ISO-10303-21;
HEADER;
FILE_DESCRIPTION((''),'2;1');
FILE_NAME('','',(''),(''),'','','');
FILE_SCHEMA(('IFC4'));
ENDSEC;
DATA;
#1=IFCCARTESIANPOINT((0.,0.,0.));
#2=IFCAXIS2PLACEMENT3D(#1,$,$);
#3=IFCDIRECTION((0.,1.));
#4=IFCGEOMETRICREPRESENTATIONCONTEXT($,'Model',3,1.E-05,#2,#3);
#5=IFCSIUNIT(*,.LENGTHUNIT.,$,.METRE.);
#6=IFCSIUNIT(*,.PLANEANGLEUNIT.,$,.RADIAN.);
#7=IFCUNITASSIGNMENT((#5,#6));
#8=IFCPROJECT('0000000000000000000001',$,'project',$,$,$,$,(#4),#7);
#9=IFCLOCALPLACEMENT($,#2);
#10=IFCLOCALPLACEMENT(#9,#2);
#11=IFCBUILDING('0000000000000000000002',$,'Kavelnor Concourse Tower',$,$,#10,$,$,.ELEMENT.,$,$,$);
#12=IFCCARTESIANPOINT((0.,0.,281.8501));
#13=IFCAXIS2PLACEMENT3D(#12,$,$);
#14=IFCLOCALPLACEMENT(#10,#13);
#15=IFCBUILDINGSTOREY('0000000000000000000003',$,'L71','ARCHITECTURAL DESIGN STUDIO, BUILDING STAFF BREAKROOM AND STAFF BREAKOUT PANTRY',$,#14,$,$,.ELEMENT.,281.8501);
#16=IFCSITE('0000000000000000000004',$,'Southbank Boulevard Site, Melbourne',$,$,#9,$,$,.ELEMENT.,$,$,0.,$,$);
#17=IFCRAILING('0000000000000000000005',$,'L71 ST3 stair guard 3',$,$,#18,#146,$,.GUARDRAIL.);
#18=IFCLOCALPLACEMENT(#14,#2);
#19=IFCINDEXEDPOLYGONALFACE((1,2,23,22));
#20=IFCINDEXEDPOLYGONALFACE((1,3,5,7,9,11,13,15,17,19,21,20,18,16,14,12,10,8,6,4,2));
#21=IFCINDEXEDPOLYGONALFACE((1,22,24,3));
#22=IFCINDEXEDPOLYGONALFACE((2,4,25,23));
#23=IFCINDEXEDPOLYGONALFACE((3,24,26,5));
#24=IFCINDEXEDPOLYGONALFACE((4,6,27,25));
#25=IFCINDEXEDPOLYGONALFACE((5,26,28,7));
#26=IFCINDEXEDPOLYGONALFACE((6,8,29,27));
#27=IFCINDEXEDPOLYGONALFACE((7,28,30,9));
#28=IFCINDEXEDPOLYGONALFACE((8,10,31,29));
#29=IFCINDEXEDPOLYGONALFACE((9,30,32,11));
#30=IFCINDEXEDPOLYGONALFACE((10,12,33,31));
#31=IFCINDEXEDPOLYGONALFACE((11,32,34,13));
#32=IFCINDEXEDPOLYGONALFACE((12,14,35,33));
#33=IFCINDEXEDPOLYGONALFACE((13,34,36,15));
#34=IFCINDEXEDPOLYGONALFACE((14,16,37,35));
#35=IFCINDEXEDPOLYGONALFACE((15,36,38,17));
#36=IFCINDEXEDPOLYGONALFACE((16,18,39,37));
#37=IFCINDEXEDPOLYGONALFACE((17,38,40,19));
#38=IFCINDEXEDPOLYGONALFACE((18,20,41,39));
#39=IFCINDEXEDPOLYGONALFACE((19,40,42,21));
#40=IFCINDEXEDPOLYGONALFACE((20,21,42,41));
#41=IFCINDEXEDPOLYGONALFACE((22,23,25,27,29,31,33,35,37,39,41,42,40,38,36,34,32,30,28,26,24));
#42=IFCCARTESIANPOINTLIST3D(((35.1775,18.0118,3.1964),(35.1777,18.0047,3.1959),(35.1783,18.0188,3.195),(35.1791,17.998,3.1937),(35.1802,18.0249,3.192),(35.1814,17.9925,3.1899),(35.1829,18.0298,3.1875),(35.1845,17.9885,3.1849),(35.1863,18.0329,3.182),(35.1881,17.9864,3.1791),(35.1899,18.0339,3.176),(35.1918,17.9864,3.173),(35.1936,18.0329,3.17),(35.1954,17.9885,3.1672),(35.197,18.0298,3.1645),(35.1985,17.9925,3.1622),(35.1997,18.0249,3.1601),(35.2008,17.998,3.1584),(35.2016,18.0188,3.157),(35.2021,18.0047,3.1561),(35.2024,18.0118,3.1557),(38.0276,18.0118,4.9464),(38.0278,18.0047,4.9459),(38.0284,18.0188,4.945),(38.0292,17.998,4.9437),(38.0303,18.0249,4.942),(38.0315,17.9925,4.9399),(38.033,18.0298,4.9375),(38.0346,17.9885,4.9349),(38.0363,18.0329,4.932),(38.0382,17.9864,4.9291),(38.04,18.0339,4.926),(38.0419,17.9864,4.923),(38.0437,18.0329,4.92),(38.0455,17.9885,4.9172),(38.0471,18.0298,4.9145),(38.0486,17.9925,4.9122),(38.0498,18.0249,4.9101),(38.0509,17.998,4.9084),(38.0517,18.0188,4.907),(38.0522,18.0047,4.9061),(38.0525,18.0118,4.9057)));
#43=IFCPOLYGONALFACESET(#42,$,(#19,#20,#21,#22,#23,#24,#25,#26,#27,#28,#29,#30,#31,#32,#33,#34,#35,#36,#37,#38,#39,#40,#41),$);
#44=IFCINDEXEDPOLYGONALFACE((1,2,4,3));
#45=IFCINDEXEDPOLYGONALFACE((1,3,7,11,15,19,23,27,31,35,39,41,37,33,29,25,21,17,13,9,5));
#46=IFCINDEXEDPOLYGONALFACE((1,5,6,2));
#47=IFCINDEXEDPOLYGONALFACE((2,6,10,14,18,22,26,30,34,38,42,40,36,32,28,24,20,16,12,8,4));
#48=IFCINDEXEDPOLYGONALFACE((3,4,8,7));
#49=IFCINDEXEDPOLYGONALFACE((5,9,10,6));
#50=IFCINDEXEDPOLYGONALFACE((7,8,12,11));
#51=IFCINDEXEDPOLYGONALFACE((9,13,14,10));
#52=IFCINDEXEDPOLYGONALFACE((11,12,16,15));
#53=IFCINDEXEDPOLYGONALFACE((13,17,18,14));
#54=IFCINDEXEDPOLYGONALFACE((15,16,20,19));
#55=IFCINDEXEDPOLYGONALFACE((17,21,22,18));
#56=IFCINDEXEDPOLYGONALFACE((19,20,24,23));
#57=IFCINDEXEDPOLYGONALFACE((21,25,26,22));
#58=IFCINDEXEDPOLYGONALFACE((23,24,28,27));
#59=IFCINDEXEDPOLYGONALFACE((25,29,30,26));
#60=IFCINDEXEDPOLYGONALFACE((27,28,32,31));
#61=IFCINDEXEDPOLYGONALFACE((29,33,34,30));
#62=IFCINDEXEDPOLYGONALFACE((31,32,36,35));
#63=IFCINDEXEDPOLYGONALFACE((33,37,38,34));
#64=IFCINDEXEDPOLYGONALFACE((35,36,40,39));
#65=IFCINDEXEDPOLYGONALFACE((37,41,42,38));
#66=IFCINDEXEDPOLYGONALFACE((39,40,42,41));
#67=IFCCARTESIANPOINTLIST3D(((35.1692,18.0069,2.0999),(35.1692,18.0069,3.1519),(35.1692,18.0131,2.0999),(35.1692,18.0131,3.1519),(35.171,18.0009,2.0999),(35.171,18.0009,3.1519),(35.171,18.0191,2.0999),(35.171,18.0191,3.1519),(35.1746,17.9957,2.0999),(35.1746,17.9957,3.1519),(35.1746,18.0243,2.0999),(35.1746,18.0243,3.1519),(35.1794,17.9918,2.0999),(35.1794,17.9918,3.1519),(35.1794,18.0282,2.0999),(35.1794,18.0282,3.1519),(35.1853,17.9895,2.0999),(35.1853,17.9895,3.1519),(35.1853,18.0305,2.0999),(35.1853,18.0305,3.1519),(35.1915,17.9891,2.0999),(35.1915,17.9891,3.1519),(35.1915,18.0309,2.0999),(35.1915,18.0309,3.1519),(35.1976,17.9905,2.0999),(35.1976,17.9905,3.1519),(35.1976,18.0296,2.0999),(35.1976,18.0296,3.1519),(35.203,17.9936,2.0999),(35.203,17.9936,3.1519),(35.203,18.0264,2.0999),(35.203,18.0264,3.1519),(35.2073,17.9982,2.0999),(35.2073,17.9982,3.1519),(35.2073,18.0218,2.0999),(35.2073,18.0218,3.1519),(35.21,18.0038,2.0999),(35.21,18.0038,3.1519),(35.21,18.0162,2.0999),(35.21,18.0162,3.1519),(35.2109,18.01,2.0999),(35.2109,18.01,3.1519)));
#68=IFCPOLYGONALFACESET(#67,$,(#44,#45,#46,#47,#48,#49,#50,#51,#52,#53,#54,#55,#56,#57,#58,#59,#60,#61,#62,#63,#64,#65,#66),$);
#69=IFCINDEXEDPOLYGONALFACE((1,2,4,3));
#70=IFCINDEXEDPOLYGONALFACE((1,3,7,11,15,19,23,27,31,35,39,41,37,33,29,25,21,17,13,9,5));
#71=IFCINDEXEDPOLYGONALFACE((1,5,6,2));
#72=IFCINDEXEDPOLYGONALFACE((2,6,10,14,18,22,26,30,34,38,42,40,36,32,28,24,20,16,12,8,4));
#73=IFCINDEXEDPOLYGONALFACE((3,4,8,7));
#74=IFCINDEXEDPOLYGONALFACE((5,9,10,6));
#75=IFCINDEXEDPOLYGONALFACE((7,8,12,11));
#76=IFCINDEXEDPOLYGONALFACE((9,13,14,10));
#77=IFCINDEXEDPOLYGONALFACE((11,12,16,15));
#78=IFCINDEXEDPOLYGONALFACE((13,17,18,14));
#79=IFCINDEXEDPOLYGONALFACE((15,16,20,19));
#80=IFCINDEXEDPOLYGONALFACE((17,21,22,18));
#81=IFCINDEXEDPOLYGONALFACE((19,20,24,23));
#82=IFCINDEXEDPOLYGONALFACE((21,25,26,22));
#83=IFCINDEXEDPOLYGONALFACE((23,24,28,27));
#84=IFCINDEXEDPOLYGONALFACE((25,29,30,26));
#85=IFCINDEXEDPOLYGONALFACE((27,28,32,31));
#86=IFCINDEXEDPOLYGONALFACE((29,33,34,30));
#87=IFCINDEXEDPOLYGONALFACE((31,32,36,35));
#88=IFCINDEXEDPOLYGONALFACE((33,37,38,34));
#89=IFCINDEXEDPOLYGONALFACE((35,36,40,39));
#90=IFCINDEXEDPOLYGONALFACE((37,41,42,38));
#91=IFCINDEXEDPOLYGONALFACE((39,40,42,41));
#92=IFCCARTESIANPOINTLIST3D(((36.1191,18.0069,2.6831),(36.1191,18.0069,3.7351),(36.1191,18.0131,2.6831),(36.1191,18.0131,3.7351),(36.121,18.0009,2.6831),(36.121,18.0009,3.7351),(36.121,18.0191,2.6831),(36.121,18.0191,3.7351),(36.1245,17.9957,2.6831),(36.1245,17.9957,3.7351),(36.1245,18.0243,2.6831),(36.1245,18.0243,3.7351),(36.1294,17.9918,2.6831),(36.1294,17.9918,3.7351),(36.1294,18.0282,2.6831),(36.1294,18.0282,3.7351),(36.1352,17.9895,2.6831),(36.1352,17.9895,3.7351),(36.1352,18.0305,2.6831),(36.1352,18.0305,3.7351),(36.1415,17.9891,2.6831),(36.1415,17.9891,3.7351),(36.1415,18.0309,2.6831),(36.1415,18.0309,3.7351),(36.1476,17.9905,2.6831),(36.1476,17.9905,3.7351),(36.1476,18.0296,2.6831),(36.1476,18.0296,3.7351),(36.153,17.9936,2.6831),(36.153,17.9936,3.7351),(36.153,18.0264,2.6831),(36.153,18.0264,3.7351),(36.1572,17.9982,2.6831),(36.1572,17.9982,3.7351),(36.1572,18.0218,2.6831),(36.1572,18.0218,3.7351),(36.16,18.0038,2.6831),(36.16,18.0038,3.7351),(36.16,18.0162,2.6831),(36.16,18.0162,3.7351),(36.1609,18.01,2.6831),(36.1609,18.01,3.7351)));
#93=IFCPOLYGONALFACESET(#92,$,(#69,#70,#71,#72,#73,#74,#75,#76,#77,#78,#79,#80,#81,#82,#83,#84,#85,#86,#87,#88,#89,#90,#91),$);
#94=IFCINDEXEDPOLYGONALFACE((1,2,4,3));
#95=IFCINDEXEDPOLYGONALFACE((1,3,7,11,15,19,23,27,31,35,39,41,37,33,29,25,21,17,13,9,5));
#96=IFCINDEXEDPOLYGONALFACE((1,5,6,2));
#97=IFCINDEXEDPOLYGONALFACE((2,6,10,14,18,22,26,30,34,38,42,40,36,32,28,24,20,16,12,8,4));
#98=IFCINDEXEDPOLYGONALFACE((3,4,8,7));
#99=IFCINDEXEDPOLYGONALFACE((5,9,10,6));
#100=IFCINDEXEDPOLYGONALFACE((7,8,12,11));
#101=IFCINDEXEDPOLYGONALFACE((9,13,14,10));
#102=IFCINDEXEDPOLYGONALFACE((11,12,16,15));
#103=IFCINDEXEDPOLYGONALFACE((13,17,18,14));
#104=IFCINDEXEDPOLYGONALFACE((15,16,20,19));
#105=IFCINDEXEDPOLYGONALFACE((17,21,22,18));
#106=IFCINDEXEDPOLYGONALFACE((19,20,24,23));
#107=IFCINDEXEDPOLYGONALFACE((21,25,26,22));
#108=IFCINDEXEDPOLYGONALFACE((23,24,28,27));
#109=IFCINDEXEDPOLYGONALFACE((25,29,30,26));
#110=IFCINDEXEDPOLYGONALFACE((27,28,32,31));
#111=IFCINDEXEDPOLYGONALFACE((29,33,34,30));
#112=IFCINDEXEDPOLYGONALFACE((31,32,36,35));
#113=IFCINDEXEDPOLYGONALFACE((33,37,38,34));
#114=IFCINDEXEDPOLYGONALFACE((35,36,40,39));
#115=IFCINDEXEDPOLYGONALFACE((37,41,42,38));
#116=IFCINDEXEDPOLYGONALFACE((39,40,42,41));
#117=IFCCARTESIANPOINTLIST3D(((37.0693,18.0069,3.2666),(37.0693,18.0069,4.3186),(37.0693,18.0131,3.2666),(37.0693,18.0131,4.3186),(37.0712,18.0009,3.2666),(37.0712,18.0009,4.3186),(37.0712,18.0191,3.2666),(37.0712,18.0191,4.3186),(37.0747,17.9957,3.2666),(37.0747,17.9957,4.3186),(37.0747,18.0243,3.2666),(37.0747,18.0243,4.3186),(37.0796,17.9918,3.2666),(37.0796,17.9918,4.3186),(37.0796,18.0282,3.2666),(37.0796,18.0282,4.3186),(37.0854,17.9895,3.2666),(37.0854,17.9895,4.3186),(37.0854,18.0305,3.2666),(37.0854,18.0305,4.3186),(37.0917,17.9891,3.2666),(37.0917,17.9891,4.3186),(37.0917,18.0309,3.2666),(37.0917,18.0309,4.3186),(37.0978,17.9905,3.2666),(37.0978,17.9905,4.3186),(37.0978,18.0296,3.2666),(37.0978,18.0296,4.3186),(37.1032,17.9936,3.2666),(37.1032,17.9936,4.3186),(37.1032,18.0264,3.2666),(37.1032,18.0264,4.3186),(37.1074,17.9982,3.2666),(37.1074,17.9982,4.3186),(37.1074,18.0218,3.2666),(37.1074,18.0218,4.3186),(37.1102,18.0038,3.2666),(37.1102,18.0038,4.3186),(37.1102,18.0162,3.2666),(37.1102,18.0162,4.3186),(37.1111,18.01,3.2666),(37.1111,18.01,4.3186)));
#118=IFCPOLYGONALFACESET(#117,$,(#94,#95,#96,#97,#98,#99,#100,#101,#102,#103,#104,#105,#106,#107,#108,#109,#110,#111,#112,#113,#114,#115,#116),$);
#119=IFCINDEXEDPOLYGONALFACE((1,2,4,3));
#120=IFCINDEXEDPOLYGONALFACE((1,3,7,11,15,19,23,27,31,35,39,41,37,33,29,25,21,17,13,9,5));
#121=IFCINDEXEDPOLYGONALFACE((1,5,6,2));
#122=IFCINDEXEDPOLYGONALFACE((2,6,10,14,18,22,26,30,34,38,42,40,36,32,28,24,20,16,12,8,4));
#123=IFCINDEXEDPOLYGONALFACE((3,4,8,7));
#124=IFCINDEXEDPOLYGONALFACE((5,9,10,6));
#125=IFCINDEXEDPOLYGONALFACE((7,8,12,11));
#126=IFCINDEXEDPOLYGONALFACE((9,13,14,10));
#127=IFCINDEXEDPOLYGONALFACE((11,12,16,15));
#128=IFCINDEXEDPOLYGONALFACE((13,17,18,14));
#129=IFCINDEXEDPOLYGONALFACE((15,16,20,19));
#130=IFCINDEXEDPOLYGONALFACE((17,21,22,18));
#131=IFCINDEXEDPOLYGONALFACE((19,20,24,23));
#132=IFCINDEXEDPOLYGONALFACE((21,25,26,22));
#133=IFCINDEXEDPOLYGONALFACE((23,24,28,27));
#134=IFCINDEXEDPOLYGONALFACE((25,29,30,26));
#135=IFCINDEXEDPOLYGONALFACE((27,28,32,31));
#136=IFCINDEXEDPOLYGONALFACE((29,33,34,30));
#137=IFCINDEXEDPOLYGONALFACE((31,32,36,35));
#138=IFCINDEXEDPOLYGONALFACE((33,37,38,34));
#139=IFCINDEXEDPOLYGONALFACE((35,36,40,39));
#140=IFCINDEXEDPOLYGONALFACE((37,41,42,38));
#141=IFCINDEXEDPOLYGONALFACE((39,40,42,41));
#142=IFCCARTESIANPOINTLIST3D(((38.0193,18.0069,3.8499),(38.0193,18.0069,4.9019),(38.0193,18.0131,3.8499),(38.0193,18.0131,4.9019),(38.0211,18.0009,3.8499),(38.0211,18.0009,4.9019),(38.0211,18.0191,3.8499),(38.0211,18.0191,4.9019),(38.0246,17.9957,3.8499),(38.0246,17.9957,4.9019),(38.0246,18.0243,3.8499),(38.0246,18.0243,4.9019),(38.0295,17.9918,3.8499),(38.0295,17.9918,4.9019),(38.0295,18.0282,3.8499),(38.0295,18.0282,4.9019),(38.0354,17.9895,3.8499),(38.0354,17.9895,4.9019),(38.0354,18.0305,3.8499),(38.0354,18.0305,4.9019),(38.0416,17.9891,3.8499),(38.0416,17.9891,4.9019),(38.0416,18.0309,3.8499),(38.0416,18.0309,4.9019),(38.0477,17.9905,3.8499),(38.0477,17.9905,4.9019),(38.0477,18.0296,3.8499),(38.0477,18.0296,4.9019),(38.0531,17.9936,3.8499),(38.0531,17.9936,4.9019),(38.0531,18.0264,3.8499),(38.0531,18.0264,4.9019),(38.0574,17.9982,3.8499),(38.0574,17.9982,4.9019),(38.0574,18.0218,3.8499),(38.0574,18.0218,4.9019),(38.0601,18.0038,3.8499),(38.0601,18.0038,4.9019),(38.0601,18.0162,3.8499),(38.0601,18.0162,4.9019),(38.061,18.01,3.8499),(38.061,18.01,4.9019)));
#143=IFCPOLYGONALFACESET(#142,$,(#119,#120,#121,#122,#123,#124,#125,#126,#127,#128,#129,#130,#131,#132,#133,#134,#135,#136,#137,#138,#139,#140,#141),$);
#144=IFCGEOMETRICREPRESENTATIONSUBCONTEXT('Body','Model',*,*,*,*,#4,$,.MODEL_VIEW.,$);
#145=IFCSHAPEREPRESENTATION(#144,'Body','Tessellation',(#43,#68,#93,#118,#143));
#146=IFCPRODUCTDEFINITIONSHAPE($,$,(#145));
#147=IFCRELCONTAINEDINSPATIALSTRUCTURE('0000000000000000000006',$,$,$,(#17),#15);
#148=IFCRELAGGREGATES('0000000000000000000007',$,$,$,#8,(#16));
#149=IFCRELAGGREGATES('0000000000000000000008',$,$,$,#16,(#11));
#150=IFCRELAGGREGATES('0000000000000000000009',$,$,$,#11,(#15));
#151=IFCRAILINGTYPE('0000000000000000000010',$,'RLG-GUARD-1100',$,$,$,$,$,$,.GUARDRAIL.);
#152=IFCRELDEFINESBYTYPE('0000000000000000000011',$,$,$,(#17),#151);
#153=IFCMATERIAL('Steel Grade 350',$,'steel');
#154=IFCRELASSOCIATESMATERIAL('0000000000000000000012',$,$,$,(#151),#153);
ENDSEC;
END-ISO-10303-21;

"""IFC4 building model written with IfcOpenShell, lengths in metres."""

from ifc_helpers import new_model, si_unit, direction, frame, origin, origin_2d, place, context, subcontext, project, spatial, circle, extrude, material, type_object, element, save


model = new_model("IFC4")

# Units and contexts
model_context = context("Model", 3, precision=1e-05, world=origin(), true_north=direction((0.0, 1.0)))
body_context = subcontext(model_context, "Body", "Model", "MODEL_VIEW")
ifc_project = project(units=[si_unit("LENGTHUNIT", "METRE"), si_unit("PLANEANGLEUNIT", "RADIAN")], contexts=[model_context])

# Site, building, storey
site_placement = place(None, origin())
site = spatial("IfcSite", under=ifc_project, at=site_placement, Name="Southbank Boulevard Site, Melbourne", CompositionType="ELEMENT", RefElevation=0.0)
building_placement = place(site_placement, origin())
building = spatial("IfcBuilding", under=site, at=building_placement, Name="Kavelnor Concourse Tower", CompositionType="ELEMENT")
storey_placement = place(building_placement, frame((0.0, 0.0, 281.8501)))
storey = spatial("IfcBuildingStorey", under=building, at=storey_placement, Name="L71", Description="ARCHITECTURAL DESIGN STUDIO, BUILDING STAFF BREAKROOM AND STAFF BREAKOUT PANTRY", CompositionType="ELEMENT", Elevation=281.8501)

# Shared definitions
ifc_material_1 = material(Name="Steel Grade 350", Category="steel")

# Railing
railing_type_1 = type_object("IfcRailingType", Name="RLG-GUARD-1100", PredefinedType="GUARDRAIL", material=ifc_material_1)
railing_1_placement = place(storey_placement, frame((35.1899, 18.01, 2.0999)))
element("IfcRailing", 1, at=railing_1_placement, inside=storey, type_object=railing_type_1, Name="L71 ST3 stair guard 3", PredefinedType="GUARDRAIL", context=body_context, shape_type="SweptSolid", body=[
    extrude(circle(Radius=0.0239, at=origin_2d()), frame((0.0, 0.0, 1.0762), z_axis=(0.852179, 0.0, 0.52325), x_axis=(0.0, 1.0, 0.0)), (0.0, 0.0, 1.0), 3.3445),
    extrude(circle(Radius=0.021, at=origin_2d()), origin(), (0.0, 0.0, 1.0), 1.052),
    extrude(circle(Radius=0.021, at=origin_2d()), frame((0.95, 0.0, 0.5833)), (0.0, 0.0, 1.0), 1.052),
    extrude(circle(Radius=0.021, at=origin_2d()), frame((1.9001, 0.0, 1.1667)), (0.0, 0.0, 1.0), 1.052),
    extrude(circle(Radius=0.021, at=origin_2d()), frame((2.8501, 0.0, 1.75)), (0.0, 0.0, 1.0), 1.052),
])

save(model, "model.ifc")
